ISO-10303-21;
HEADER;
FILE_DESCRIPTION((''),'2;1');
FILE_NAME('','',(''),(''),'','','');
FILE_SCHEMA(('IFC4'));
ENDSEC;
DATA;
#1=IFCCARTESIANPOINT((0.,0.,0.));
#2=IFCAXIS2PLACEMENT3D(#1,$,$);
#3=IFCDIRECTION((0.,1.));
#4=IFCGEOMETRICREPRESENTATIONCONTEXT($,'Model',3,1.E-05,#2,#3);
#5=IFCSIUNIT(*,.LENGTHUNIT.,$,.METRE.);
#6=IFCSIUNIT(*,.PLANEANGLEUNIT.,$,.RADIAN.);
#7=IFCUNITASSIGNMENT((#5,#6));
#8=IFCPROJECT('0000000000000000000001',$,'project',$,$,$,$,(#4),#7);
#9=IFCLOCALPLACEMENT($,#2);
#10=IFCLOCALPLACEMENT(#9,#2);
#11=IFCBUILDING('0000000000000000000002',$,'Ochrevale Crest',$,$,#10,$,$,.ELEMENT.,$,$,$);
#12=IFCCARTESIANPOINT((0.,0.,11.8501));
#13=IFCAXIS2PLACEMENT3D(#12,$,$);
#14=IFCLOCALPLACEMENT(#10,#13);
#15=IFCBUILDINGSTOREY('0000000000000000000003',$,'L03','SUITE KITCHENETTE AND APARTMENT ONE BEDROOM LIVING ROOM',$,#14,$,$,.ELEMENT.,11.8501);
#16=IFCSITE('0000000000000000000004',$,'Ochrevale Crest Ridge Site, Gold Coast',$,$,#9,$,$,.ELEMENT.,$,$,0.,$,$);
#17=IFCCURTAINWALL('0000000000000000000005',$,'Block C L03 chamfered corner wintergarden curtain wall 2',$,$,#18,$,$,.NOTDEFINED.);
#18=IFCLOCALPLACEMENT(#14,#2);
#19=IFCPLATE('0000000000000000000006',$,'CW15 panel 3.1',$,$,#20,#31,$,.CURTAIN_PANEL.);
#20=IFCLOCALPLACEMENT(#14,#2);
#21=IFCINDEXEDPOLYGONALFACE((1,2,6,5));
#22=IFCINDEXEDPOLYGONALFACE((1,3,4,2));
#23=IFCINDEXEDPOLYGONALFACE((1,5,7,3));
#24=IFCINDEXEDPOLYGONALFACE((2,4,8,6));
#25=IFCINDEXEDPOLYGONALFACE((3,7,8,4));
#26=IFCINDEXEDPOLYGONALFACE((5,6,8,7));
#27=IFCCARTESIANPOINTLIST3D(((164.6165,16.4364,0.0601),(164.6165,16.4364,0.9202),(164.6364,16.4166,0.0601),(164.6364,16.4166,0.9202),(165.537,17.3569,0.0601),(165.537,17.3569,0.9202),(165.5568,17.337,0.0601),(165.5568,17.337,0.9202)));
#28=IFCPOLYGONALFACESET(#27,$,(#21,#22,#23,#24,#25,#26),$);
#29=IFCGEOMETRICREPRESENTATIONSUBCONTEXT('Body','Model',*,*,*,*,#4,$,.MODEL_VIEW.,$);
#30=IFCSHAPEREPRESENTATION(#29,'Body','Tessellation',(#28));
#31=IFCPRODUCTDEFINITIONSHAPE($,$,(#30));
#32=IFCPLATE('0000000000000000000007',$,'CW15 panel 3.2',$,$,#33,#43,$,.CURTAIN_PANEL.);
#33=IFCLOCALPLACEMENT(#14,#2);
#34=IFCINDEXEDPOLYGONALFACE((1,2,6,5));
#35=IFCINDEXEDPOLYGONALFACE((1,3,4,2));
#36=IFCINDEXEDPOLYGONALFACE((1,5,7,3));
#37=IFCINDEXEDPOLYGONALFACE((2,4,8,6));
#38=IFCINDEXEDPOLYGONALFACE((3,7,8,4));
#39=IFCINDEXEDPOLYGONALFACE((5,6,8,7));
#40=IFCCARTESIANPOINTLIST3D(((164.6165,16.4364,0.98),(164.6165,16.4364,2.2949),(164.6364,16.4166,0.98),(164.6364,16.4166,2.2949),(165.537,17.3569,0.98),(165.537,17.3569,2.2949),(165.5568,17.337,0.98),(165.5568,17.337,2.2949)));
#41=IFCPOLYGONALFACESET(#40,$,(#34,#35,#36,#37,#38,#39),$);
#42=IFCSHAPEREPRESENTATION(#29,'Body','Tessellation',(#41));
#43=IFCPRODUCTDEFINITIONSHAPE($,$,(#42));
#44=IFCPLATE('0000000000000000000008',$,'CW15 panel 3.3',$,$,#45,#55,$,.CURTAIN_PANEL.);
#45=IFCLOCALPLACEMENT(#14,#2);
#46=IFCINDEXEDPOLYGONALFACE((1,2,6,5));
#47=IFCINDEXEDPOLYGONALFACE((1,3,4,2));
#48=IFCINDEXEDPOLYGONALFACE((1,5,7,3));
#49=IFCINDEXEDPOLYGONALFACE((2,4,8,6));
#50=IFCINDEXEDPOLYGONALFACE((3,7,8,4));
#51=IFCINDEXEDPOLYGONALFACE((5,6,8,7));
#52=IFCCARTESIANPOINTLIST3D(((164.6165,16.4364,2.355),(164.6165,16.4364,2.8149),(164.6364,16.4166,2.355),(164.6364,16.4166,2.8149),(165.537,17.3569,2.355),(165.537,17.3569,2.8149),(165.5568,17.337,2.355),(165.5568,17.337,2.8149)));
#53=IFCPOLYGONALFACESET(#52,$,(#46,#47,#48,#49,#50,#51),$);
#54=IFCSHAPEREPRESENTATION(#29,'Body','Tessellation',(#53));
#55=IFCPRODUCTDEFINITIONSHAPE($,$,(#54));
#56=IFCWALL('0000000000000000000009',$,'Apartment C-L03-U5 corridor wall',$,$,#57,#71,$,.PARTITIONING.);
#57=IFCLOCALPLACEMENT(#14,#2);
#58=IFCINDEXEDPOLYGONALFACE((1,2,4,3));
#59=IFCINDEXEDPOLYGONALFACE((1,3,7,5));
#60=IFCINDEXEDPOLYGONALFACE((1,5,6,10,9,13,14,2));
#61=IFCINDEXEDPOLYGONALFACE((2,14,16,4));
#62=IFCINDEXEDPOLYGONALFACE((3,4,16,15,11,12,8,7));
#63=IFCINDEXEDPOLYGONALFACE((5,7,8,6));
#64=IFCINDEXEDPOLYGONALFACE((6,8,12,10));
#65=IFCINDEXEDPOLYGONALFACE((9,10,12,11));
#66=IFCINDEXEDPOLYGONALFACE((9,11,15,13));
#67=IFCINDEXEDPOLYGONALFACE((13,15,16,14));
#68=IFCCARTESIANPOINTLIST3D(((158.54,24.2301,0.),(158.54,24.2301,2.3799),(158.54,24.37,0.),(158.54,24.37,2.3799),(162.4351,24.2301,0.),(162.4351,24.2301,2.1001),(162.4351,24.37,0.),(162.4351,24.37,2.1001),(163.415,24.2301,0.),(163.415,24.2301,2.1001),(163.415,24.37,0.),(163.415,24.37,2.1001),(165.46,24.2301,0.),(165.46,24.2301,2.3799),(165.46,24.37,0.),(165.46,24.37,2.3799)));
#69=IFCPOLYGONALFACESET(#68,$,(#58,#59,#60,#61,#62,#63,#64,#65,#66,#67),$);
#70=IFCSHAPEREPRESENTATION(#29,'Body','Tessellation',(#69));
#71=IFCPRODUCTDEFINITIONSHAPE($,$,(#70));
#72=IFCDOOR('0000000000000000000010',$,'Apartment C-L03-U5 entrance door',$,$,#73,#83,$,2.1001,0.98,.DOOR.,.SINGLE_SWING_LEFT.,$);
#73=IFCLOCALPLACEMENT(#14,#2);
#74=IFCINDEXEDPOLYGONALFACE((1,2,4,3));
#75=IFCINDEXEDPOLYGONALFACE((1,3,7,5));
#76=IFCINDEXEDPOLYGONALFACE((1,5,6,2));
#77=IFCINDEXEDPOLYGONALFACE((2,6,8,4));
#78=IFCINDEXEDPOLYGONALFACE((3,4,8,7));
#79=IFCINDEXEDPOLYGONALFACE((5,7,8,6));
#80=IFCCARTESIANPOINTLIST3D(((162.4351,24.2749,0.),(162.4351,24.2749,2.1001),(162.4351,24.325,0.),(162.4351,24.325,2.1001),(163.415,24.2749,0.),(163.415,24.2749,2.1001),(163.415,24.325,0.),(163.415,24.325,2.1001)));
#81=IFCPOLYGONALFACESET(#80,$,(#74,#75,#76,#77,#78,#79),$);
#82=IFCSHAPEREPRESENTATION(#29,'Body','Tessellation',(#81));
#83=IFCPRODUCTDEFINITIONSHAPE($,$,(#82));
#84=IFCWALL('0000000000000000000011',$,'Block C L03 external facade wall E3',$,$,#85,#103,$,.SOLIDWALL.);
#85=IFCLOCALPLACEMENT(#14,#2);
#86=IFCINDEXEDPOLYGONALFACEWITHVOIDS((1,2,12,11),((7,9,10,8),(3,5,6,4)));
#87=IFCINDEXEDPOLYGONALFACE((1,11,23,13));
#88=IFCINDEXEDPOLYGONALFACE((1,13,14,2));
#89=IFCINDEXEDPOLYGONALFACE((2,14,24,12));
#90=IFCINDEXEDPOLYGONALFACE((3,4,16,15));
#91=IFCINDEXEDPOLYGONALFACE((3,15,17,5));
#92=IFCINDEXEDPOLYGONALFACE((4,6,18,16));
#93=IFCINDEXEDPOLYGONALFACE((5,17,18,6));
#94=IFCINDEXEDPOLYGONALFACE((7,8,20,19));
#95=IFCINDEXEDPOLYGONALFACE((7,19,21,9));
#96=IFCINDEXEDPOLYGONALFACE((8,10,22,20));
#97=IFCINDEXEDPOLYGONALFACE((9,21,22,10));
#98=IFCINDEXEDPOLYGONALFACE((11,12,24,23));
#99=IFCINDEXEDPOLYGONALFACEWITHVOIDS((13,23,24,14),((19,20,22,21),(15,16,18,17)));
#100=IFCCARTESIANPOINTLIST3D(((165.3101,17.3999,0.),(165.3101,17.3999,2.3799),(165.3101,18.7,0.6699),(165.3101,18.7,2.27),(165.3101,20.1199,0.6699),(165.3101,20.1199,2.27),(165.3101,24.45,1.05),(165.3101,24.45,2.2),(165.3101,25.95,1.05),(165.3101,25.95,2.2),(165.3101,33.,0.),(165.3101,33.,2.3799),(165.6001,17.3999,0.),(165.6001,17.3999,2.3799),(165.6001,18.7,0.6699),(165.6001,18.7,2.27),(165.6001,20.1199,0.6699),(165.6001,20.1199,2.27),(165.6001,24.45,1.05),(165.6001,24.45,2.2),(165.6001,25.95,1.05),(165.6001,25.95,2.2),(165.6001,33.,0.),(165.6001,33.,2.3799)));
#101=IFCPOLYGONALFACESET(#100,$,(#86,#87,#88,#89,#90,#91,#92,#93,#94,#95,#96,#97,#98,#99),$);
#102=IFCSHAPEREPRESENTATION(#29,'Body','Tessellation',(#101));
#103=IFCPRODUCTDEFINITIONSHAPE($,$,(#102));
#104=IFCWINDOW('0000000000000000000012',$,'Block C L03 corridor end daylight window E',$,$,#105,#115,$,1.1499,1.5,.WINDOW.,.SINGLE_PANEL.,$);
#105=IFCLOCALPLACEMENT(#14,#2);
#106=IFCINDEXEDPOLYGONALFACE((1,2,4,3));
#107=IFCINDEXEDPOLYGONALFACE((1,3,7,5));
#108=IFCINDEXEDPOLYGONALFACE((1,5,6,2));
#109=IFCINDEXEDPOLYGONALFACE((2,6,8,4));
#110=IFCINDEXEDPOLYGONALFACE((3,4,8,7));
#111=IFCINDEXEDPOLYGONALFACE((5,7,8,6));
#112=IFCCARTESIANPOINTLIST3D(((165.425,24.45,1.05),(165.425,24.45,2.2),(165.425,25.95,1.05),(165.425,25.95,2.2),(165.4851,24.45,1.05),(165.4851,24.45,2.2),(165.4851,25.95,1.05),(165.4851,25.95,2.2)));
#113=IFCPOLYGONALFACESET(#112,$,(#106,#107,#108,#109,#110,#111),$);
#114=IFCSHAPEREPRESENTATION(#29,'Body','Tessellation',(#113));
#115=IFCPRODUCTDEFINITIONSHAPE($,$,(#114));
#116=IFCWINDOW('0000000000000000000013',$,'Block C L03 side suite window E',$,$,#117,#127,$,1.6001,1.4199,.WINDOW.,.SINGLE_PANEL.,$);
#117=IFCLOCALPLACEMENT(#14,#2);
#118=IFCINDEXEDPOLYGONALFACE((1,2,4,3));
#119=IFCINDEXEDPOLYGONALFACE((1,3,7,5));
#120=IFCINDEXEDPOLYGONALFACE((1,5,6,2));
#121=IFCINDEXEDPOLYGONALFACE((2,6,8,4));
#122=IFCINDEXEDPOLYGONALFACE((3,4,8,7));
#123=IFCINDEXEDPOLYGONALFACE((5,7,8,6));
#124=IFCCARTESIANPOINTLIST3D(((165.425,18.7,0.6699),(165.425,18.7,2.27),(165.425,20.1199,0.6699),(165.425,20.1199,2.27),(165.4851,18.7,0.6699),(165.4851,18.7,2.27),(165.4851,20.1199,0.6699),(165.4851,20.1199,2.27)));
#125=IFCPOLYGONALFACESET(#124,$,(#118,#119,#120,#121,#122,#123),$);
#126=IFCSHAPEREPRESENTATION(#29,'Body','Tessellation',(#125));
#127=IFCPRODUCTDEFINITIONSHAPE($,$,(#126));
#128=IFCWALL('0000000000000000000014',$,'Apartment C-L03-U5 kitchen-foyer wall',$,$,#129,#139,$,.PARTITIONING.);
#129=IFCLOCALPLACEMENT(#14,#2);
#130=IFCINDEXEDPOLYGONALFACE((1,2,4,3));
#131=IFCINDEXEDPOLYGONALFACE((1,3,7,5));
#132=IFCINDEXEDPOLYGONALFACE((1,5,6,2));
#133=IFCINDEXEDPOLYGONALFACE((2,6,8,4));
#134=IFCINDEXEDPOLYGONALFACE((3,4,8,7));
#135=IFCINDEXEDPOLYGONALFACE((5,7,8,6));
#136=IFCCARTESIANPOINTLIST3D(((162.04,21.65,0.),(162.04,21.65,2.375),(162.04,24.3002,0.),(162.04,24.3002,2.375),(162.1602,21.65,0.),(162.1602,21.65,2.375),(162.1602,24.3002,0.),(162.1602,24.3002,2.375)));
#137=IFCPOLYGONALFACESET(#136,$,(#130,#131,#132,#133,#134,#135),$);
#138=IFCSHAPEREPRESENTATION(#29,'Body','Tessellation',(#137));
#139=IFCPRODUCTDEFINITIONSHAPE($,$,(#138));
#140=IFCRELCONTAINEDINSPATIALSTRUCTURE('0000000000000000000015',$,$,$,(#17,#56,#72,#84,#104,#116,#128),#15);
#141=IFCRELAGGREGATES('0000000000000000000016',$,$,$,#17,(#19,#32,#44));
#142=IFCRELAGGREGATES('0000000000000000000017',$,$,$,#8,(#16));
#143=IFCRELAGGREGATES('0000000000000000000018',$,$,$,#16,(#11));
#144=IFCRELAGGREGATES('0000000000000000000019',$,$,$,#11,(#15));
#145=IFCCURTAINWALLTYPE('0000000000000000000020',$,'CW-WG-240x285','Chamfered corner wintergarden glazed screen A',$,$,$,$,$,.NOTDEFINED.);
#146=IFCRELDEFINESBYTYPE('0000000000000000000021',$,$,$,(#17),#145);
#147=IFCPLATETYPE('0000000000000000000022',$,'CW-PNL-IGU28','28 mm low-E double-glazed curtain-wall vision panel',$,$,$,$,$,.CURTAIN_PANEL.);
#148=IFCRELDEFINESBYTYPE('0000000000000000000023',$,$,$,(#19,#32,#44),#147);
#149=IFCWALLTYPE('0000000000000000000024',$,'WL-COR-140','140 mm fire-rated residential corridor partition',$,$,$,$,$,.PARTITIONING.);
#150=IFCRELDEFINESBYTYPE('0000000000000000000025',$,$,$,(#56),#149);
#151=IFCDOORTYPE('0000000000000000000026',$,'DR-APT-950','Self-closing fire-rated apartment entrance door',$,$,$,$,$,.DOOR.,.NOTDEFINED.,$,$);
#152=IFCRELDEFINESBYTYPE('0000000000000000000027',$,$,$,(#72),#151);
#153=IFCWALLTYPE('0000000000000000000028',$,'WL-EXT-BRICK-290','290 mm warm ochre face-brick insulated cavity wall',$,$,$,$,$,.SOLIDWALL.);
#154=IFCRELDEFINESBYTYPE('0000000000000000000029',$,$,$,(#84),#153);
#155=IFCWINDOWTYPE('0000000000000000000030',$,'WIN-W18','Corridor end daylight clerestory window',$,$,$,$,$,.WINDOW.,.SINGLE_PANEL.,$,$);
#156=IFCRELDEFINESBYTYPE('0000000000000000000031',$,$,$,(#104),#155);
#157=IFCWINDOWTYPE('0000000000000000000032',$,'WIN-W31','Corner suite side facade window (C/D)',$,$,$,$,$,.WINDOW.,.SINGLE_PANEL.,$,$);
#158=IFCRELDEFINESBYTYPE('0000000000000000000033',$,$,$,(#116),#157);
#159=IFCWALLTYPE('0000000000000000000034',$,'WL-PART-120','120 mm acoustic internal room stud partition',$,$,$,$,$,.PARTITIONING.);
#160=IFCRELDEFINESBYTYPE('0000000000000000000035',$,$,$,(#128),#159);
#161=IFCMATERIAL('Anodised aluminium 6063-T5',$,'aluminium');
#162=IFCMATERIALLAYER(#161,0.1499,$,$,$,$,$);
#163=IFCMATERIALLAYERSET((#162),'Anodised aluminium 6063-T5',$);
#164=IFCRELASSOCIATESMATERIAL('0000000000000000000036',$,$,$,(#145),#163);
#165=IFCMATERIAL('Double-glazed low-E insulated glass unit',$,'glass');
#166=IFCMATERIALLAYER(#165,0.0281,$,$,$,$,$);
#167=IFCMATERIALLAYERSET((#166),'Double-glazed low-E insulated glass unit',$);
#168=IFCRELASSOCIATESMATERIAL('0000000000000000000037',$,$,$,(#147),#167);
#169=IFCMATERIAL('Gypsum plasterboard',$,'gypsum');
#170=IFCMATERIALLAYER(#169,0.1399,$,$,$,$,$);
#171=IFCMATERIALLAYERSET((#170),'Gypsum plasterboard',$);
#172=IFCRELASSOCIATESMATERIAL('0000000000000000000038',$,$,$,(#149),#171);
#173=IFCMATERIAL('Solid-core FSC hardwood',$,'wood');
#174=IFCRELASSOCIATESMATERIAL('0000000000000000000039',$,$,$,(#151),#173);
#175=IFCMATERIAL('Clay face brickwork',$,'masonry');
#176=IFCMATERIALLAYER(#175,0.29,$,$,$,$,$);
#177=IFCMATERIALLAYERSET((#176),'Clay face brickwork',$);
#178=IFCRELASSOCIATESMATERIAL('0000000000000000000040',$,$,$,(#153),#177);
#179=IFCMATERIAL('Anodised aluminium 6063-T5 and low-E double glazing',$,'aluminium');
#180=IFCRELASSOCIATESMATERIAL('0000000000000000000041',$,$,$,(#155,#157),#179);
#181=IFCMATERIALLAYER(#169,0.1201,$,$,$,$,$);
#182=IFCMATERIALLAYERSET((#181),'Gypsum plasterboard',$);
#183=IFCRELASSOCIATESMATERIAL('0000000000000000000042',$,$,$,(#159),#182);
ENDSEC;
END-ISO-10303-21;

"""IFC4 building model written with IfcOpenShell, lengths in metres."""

from ifc_helpers import new_model, si_unit, direction, frame, frame_2d, origin, origin_2d, place, context, subcontext, project, spatial, rectangle, extrude, material, layer, layer_set, type_object, element, fill, aggregate, save


model = new_model("IFC4")

# Units and contexts
model_context = context("Model", 3, precision=1e-05, world=origin(), true_north=direction((0.0, 1.0)))
body_context = subcontext(model_context, "Body", "Model", "MODEL_VIEW")
ifc_project = project(units=[si_unit("LENGTHUNIT", "METRE"), si_unit("PLANEANGLEUNIT", "RADIAN")], contexts=[model_context])

# Site, building, storey
site_placement = place(None, origin())
site = spatial("IfcSite", under=ifc_project, at=site_placement, Name="Ochrevale Crest Ridge Site, Gold Coast", CompositionType="ELEMENT", RefElevation=0.0)
building_placement = place(site_placement, origin())
building = spatial("IfcBuilding", under=site, at=building_placement, Name="Ochrevale Crest", CompositionType="ELEMENT")
storey_placement = place(building_placement, frame((0.0, 0.0, 11.8501)))
storey = spatial("IfcBuildingStorey", under=building, at=storey_placement, Name="L03", Description="SUITE KITCHENETTE AND APARTMENT ONE BEDROOM LIVING ROOM", CompositionType="ELEMENT", Elevation=11.8501)

# Curtain wall, plates
ifc_material_1 = material(Name="Anodised aluminium 6063-T5", Category="aluminium")
ifc_layer_1 = layer(ifc_material_1, 0.1499)
ifc_layer_set_1 = layer_set([ifc_layer_1], Name="Anodised aluminium 6063-T5")
curtain_wall_type = type_object("IfcCurtainWallType", Name="CW-WG-240x285", Description="Chamfered corner wintergarden glazed screen A", PredefinedType="NOTDEFINED", material=ifc_layer_set_1)
curtain_wall_placement = place(storey_placement, origin())
curtain_wall = element("IfcCurtainWall", 1, at=curtain_wall_placement, inside=storey, type_object=curtain_wall_type, Name="Block C L03 chamfered corner wintergarden curtain wall 2", PredefinedType="NOTDEFINED")
ifc_material_2 = material(Name="Double-glazed low-E insulated glass unit", Category="glass")
ifc_layer_2 = layer(ifc_material_2, 0.0281)
ifc_layer_set_2 = layer_set([ifc_layer_2], Name="Double-glazed low-E insulated glass unit")
plate_type = type_object("IfcPlateType", Name="CW-PNL-IGU28", Description="28 mm low-E double-glazed curtain-wall vision panel", PredefinedType="CURTAIN_PANEL", material=ifc_layer_set_2)
plate_1_placement = place(storey_placement, frame((165.0867, 16.8867, 0.0601), z_axis=(0.0, 0.0, 1.0), x_axis=(0.707107, 0.707107, 0.0)))
plate_1 = element("IfcPlate", 2, at=plate_1_placement, type_object=plate_type, Name="CW15 panel 3.1", PredefinedType="CURTAIN_PANEL", context=body_context, shape_type="SweptSolid", body=[
    extrude(rectangle(XDim=1.3018, YDim=0.0281, at=origin_2d()), origin(), (0.0, 0.0, 1.0), 0.8601),
])
plate_2_placement = place(storey_placement, frame((165.0867, 16.8867, 0.98), z_axis=(0.0, 0.0, 1.0), x_axis=(0.707107, 0.707107, 0.0)))
plate_2 = element("IfcPlate", 3, at=plate_2_placement, type_object=plate_type, Name="CW15 panel 3.2", PredefinedType="CURTAIN_PANEL", context=body_context, shape_type="SweptSolid", body=[
    extrude(rectangle(XDim=1.3018, YDim=0.0281, at=origin_2d()), origin(), (0.0, 0.0, 1.0), 1.3149),
])
plate_3_placement = place(storey_placement, frame((165.0867, 16.8867, 2.355), z_axis=(0.0, 0.0, 1.0), x_axis=(0.707107, 0.707107, 0.0)))
plate_3 = element("IfcPlate", 4, at=plate_3_placement, type_object=plate_type, Name="CW15 panel 3.3", PredefinedType="CURTAIN_PANEL", context=body_context, shape_type="SweptSolid", body=[
    extrude(rectangle(XDim=1.3018, YDim=0.0281, at=origin_2d()), origin(), (0.0, 0.0, 1.0), 0.46),
])
aggregate(curtain_wall, [plate_1, plate_2, plate_3])

# Wall, opening, door
ifc_material_3 = material(Name="Gypsum plasterboard", Category="gypsum")
ifc_layer_3 = layer(ifc_material_3, 0.1399)
ifc_layer_set_3 = layer_set([ifc_layer_3], Name="Gypsum plasterboard")
wall_type_1 = type_object("IfcWallType", Name="WL-COR-140", Description="140 mm fire-rated residential corridor partition", PredefinedType="PARTITIONING", material=ifc_layer_set_3)
wall_1_placement = place(storey_placement, frame((158.54, 24.3, 0.0), z_axis=(0.0, 0.0, 1.0), x_axis=(1.0, 0.0, 0.0)))
wall_1 = element("IfcWall", 5, at=wall_1_placement, inside=storey, type_object=wall_type_1, Name="Apartment C-L03-U5 corridor wall", PredefinedType="PARTITIONING", context=body_context, shape_type="SweptSolid", body=[
    extrude(rectangle(XDim=6.9199, YDim=0.1399, at=frame_2d((3.46, 0.0))), origin(), (0.0, 0.0, 1.0), 2.3799),
])
opening_1_placement = place(wall_1_placement, frame((3.895, 0.0, 0.0)))
opening_1 = element("IfcOpeningElement", 6, at=opening_1_placement, cuts=wall_1, PredefinedType="OPENING", context=body_context, shape_type="SweptSolid", body=[
    extrude(rectangle(XDim=0.98, YDim=2.1001, at=frame_2d((0.49, 1.05))), frame((0.0, 0.0801, 0.0), z_axis=(0.0, -1.0, 0.0), x_axis=(1.0, 0.0, 0.0)), (0.0, 0.0, 1.0), 0.1599),
])
ifc_material_4 = material(Name="Solid-core FSC hardwood", Category="wood")
door_type_1 = type_object("IfcDoorType", Name="DR-APT-950", Description="Self-closing fire-rated apartment entrance door", OperationType="NOTDEFINED", PredefinedType="DOOR", material=ifc_material_4)
door_1_placement = place(opening_1_placement, origin())
door_1 = element("IfcDoor", 7, at=door_1_placement, inside=storey, type_object=door_type_1, Name="Apartment C-L03-U5 entrance door", OperationType="SINGLE_SWING_LEFT", OverallHeight=2.1001, OverallWidth=0.98, PredefinedType="DOOR", context=body_context, shape_type="SweptSolid", body=[
    extrude(rectangle(XDim=0.98, YDim=2.1001, at=frame_2d((0.49, 1.05))), frame((0.0, 0.0249, 0.0), z_axis=(0.0, -1.0, 0.0), x_axis=(1.0, 0.0, 0.0)), (0.0, 0.0, 1.0), 0.05),
])
fill(opening_1, door_1)

# Wall, openings, windows
ifc_material_5 = material(Name="Clay face brickwork", Category="masonry")
ifc_layer_4 = layer(ifc_material_5, 0.29)
ifc_layer_set_4 = layer_set([ifc_layer_4], Name="Clay face brickwork")
wall_type_2 = type_object("IfcWallType", Name="WL-EXT-BRICK-290", Description="290 mm warm ochre face-brick insulated cavity wall", PredefinedType="SOLIDWALL", material=ifc_layer_set_4)
wall_2_placement = place(storey_placement, frame((165.4551, 17.3999, 0.0), z_axis=(0.0, 0.0, 1.0), x_axis=(0.0, 1.0, 0.0)))
wall_2 = element("IfcWall", 8, at=wall_2_placement, inside=storey, type_object=wall_type_2, Name="Block C L03 external facade wall E3", PredefinedType="SOLIDWALL", context=body_context, shape_type="SweptSolid", body=[
    extrude(rectangle(XDim=15.6001, YDim=0.29, at=frame_2d((7.8, 0.0))), origin(), (0.0, 0.0, 1.0), 2.3799),
])
opening_2_placement = place(wall_2_placement, frame((7.05, 0.0, 1.05)))
opening_2 = element("IfcOpeningElement", 9, at=opening_2_placement, cuts=wall_2, PredefinedType="OPENING", context=body_context, shape_type="SweptSolid", body=[
    extrude(rectangle(XDim=1.5, YDim=1.1499, at=frame_2d((0.75, 0.575))), frame((0.0, 0.155, 0.0), z_axis=(0.0, -1.0, 0.0), x_axis=(1.0, 0.0, 0.0)), (0.0, 0.0, 1.0), 0.3101),
])
opening_3_placement = place(wall_2_placement, frame((1.3, 0.0, 0.6699)))
opening_3 = element("IfcOpeningElement", 10, at=opening_3_placement, cuts=wall_2, PredefinedType="OPENING", context=body_context, shape_type="SweptSolid", body=[
    extrude(rectangle(XDim=1.4199, YDim=1.6001, at=frame_2d((0.71, 0.8))), frame((0.0, 0.155, 0.0), z_axis=(0.0, -1.0, 0.0), x_axis=(1.0, 0.0, 0.0)), (0.0, 0.0, 1.0), 0.3101),
])
ifc_material_6 = material(Name="Anodised aluminium 6063-T5 and low-E double glazing", Category="aluminium")
window_type_1 = type_object("IfcWindowType", Name="WIN-W18", Description="Corridor end daylight clerestory window", PartitioningType="SINGLE_PANEL", PredefinedType="WINDOW", material=ifc_material_6)
window_1_placement = place(opening_2_placement, origin())
window_1 = element("IfcWindow", 11, at=window_1_placement, inside=storey, type_object=window_type_1, Name="Block C L03 corridor end daylight window E", OverallHeight=1.1499, OverallWidth=1.5, PartitioningType="SINGLE_PANEL", PredefinedType="WINDOW", context=body_context, shape_type="SweptSolid", body=[
    extrude(rectangle(XDim=1.5, YDim=1.1499, at=frame_2d((0.75, 0.575))), frame((0.0, 0.03, 0.0), z_axis=(0.0, -1.0, 0.0), x_axis=(1.0, 0.0, 0.0)), (0.0, 0.0, 1.0), 0.0601),
])
fill(opening_2, window_1)
window_type_2 = type_object("IfcWindowType", Name="WIN-W31", Description="Corner suite side facade window (C/D)", PartitioningType="SINGLE_PANEL", PredefinedType="WINDOW", material=ifc_material_6)
window_2_placement = place(opening_3_placement, origin())
window_2 = element("IfcWindow", 12, at=window_2_placement, inside=storey, type_object=window_type_2, Name="Block C L03 side suite window E", OverallHeight=1.6001, OverallWidth=1.4199, PartitioningType="SINGLE_PANEL", PredefinedType="WINDOW", context=body_context, shape_type="SweptSolid", body=[
    extrude(rectangle(XDim=1.4199, YDim=1.6001, at=frame_2d((0.71, 0.8))), frame((0.0, 0.03, 0.0), z_axis=(0.0, -1.0, 0.0), x_axis=(1.0, 0.0, 0.0)), (0.0, 0.0, 1.0), 0.0601),
])
fill(opening_3, window_2)

# Wall
ifc_layer_5 = layer(ifc_material_3, 0.1201)
ifc_layer_set_5 = layer_set([ifc_layer_5], Name="Gypsum plasterboard")
wall_type_3 = type_object("IfcWallType", Name="WL-PART-120", Description="120 mm acoustic internal room stud partition", PredefinedType="PARTITIONING", material=ifc_layer_set_5)
wall_3_placement = place(storey_placement, frame((162.1001, 21.6499, 0.0), z_axis=(0.0, 0.0, 1.0), x_axis=(0.0, 1.0, 0.0)))
element("IfcWall", 13, at=wall_3_placement, inside=storey, type_object=wall_type_3, Name="Apartment C-L03-U5 kitchen-foyer wall", PredefinedType="PARTITIONING", context=body_context, shape_type="SweptSolid", body=[
    extrude(rectangle(XDim=2.6501, YDim=0.1201, at=frame_2d((1.3252, 0.0))), origin(), (0.0, 0.0, 1.0), 2.375),
])

save(model, "model.ifc")
